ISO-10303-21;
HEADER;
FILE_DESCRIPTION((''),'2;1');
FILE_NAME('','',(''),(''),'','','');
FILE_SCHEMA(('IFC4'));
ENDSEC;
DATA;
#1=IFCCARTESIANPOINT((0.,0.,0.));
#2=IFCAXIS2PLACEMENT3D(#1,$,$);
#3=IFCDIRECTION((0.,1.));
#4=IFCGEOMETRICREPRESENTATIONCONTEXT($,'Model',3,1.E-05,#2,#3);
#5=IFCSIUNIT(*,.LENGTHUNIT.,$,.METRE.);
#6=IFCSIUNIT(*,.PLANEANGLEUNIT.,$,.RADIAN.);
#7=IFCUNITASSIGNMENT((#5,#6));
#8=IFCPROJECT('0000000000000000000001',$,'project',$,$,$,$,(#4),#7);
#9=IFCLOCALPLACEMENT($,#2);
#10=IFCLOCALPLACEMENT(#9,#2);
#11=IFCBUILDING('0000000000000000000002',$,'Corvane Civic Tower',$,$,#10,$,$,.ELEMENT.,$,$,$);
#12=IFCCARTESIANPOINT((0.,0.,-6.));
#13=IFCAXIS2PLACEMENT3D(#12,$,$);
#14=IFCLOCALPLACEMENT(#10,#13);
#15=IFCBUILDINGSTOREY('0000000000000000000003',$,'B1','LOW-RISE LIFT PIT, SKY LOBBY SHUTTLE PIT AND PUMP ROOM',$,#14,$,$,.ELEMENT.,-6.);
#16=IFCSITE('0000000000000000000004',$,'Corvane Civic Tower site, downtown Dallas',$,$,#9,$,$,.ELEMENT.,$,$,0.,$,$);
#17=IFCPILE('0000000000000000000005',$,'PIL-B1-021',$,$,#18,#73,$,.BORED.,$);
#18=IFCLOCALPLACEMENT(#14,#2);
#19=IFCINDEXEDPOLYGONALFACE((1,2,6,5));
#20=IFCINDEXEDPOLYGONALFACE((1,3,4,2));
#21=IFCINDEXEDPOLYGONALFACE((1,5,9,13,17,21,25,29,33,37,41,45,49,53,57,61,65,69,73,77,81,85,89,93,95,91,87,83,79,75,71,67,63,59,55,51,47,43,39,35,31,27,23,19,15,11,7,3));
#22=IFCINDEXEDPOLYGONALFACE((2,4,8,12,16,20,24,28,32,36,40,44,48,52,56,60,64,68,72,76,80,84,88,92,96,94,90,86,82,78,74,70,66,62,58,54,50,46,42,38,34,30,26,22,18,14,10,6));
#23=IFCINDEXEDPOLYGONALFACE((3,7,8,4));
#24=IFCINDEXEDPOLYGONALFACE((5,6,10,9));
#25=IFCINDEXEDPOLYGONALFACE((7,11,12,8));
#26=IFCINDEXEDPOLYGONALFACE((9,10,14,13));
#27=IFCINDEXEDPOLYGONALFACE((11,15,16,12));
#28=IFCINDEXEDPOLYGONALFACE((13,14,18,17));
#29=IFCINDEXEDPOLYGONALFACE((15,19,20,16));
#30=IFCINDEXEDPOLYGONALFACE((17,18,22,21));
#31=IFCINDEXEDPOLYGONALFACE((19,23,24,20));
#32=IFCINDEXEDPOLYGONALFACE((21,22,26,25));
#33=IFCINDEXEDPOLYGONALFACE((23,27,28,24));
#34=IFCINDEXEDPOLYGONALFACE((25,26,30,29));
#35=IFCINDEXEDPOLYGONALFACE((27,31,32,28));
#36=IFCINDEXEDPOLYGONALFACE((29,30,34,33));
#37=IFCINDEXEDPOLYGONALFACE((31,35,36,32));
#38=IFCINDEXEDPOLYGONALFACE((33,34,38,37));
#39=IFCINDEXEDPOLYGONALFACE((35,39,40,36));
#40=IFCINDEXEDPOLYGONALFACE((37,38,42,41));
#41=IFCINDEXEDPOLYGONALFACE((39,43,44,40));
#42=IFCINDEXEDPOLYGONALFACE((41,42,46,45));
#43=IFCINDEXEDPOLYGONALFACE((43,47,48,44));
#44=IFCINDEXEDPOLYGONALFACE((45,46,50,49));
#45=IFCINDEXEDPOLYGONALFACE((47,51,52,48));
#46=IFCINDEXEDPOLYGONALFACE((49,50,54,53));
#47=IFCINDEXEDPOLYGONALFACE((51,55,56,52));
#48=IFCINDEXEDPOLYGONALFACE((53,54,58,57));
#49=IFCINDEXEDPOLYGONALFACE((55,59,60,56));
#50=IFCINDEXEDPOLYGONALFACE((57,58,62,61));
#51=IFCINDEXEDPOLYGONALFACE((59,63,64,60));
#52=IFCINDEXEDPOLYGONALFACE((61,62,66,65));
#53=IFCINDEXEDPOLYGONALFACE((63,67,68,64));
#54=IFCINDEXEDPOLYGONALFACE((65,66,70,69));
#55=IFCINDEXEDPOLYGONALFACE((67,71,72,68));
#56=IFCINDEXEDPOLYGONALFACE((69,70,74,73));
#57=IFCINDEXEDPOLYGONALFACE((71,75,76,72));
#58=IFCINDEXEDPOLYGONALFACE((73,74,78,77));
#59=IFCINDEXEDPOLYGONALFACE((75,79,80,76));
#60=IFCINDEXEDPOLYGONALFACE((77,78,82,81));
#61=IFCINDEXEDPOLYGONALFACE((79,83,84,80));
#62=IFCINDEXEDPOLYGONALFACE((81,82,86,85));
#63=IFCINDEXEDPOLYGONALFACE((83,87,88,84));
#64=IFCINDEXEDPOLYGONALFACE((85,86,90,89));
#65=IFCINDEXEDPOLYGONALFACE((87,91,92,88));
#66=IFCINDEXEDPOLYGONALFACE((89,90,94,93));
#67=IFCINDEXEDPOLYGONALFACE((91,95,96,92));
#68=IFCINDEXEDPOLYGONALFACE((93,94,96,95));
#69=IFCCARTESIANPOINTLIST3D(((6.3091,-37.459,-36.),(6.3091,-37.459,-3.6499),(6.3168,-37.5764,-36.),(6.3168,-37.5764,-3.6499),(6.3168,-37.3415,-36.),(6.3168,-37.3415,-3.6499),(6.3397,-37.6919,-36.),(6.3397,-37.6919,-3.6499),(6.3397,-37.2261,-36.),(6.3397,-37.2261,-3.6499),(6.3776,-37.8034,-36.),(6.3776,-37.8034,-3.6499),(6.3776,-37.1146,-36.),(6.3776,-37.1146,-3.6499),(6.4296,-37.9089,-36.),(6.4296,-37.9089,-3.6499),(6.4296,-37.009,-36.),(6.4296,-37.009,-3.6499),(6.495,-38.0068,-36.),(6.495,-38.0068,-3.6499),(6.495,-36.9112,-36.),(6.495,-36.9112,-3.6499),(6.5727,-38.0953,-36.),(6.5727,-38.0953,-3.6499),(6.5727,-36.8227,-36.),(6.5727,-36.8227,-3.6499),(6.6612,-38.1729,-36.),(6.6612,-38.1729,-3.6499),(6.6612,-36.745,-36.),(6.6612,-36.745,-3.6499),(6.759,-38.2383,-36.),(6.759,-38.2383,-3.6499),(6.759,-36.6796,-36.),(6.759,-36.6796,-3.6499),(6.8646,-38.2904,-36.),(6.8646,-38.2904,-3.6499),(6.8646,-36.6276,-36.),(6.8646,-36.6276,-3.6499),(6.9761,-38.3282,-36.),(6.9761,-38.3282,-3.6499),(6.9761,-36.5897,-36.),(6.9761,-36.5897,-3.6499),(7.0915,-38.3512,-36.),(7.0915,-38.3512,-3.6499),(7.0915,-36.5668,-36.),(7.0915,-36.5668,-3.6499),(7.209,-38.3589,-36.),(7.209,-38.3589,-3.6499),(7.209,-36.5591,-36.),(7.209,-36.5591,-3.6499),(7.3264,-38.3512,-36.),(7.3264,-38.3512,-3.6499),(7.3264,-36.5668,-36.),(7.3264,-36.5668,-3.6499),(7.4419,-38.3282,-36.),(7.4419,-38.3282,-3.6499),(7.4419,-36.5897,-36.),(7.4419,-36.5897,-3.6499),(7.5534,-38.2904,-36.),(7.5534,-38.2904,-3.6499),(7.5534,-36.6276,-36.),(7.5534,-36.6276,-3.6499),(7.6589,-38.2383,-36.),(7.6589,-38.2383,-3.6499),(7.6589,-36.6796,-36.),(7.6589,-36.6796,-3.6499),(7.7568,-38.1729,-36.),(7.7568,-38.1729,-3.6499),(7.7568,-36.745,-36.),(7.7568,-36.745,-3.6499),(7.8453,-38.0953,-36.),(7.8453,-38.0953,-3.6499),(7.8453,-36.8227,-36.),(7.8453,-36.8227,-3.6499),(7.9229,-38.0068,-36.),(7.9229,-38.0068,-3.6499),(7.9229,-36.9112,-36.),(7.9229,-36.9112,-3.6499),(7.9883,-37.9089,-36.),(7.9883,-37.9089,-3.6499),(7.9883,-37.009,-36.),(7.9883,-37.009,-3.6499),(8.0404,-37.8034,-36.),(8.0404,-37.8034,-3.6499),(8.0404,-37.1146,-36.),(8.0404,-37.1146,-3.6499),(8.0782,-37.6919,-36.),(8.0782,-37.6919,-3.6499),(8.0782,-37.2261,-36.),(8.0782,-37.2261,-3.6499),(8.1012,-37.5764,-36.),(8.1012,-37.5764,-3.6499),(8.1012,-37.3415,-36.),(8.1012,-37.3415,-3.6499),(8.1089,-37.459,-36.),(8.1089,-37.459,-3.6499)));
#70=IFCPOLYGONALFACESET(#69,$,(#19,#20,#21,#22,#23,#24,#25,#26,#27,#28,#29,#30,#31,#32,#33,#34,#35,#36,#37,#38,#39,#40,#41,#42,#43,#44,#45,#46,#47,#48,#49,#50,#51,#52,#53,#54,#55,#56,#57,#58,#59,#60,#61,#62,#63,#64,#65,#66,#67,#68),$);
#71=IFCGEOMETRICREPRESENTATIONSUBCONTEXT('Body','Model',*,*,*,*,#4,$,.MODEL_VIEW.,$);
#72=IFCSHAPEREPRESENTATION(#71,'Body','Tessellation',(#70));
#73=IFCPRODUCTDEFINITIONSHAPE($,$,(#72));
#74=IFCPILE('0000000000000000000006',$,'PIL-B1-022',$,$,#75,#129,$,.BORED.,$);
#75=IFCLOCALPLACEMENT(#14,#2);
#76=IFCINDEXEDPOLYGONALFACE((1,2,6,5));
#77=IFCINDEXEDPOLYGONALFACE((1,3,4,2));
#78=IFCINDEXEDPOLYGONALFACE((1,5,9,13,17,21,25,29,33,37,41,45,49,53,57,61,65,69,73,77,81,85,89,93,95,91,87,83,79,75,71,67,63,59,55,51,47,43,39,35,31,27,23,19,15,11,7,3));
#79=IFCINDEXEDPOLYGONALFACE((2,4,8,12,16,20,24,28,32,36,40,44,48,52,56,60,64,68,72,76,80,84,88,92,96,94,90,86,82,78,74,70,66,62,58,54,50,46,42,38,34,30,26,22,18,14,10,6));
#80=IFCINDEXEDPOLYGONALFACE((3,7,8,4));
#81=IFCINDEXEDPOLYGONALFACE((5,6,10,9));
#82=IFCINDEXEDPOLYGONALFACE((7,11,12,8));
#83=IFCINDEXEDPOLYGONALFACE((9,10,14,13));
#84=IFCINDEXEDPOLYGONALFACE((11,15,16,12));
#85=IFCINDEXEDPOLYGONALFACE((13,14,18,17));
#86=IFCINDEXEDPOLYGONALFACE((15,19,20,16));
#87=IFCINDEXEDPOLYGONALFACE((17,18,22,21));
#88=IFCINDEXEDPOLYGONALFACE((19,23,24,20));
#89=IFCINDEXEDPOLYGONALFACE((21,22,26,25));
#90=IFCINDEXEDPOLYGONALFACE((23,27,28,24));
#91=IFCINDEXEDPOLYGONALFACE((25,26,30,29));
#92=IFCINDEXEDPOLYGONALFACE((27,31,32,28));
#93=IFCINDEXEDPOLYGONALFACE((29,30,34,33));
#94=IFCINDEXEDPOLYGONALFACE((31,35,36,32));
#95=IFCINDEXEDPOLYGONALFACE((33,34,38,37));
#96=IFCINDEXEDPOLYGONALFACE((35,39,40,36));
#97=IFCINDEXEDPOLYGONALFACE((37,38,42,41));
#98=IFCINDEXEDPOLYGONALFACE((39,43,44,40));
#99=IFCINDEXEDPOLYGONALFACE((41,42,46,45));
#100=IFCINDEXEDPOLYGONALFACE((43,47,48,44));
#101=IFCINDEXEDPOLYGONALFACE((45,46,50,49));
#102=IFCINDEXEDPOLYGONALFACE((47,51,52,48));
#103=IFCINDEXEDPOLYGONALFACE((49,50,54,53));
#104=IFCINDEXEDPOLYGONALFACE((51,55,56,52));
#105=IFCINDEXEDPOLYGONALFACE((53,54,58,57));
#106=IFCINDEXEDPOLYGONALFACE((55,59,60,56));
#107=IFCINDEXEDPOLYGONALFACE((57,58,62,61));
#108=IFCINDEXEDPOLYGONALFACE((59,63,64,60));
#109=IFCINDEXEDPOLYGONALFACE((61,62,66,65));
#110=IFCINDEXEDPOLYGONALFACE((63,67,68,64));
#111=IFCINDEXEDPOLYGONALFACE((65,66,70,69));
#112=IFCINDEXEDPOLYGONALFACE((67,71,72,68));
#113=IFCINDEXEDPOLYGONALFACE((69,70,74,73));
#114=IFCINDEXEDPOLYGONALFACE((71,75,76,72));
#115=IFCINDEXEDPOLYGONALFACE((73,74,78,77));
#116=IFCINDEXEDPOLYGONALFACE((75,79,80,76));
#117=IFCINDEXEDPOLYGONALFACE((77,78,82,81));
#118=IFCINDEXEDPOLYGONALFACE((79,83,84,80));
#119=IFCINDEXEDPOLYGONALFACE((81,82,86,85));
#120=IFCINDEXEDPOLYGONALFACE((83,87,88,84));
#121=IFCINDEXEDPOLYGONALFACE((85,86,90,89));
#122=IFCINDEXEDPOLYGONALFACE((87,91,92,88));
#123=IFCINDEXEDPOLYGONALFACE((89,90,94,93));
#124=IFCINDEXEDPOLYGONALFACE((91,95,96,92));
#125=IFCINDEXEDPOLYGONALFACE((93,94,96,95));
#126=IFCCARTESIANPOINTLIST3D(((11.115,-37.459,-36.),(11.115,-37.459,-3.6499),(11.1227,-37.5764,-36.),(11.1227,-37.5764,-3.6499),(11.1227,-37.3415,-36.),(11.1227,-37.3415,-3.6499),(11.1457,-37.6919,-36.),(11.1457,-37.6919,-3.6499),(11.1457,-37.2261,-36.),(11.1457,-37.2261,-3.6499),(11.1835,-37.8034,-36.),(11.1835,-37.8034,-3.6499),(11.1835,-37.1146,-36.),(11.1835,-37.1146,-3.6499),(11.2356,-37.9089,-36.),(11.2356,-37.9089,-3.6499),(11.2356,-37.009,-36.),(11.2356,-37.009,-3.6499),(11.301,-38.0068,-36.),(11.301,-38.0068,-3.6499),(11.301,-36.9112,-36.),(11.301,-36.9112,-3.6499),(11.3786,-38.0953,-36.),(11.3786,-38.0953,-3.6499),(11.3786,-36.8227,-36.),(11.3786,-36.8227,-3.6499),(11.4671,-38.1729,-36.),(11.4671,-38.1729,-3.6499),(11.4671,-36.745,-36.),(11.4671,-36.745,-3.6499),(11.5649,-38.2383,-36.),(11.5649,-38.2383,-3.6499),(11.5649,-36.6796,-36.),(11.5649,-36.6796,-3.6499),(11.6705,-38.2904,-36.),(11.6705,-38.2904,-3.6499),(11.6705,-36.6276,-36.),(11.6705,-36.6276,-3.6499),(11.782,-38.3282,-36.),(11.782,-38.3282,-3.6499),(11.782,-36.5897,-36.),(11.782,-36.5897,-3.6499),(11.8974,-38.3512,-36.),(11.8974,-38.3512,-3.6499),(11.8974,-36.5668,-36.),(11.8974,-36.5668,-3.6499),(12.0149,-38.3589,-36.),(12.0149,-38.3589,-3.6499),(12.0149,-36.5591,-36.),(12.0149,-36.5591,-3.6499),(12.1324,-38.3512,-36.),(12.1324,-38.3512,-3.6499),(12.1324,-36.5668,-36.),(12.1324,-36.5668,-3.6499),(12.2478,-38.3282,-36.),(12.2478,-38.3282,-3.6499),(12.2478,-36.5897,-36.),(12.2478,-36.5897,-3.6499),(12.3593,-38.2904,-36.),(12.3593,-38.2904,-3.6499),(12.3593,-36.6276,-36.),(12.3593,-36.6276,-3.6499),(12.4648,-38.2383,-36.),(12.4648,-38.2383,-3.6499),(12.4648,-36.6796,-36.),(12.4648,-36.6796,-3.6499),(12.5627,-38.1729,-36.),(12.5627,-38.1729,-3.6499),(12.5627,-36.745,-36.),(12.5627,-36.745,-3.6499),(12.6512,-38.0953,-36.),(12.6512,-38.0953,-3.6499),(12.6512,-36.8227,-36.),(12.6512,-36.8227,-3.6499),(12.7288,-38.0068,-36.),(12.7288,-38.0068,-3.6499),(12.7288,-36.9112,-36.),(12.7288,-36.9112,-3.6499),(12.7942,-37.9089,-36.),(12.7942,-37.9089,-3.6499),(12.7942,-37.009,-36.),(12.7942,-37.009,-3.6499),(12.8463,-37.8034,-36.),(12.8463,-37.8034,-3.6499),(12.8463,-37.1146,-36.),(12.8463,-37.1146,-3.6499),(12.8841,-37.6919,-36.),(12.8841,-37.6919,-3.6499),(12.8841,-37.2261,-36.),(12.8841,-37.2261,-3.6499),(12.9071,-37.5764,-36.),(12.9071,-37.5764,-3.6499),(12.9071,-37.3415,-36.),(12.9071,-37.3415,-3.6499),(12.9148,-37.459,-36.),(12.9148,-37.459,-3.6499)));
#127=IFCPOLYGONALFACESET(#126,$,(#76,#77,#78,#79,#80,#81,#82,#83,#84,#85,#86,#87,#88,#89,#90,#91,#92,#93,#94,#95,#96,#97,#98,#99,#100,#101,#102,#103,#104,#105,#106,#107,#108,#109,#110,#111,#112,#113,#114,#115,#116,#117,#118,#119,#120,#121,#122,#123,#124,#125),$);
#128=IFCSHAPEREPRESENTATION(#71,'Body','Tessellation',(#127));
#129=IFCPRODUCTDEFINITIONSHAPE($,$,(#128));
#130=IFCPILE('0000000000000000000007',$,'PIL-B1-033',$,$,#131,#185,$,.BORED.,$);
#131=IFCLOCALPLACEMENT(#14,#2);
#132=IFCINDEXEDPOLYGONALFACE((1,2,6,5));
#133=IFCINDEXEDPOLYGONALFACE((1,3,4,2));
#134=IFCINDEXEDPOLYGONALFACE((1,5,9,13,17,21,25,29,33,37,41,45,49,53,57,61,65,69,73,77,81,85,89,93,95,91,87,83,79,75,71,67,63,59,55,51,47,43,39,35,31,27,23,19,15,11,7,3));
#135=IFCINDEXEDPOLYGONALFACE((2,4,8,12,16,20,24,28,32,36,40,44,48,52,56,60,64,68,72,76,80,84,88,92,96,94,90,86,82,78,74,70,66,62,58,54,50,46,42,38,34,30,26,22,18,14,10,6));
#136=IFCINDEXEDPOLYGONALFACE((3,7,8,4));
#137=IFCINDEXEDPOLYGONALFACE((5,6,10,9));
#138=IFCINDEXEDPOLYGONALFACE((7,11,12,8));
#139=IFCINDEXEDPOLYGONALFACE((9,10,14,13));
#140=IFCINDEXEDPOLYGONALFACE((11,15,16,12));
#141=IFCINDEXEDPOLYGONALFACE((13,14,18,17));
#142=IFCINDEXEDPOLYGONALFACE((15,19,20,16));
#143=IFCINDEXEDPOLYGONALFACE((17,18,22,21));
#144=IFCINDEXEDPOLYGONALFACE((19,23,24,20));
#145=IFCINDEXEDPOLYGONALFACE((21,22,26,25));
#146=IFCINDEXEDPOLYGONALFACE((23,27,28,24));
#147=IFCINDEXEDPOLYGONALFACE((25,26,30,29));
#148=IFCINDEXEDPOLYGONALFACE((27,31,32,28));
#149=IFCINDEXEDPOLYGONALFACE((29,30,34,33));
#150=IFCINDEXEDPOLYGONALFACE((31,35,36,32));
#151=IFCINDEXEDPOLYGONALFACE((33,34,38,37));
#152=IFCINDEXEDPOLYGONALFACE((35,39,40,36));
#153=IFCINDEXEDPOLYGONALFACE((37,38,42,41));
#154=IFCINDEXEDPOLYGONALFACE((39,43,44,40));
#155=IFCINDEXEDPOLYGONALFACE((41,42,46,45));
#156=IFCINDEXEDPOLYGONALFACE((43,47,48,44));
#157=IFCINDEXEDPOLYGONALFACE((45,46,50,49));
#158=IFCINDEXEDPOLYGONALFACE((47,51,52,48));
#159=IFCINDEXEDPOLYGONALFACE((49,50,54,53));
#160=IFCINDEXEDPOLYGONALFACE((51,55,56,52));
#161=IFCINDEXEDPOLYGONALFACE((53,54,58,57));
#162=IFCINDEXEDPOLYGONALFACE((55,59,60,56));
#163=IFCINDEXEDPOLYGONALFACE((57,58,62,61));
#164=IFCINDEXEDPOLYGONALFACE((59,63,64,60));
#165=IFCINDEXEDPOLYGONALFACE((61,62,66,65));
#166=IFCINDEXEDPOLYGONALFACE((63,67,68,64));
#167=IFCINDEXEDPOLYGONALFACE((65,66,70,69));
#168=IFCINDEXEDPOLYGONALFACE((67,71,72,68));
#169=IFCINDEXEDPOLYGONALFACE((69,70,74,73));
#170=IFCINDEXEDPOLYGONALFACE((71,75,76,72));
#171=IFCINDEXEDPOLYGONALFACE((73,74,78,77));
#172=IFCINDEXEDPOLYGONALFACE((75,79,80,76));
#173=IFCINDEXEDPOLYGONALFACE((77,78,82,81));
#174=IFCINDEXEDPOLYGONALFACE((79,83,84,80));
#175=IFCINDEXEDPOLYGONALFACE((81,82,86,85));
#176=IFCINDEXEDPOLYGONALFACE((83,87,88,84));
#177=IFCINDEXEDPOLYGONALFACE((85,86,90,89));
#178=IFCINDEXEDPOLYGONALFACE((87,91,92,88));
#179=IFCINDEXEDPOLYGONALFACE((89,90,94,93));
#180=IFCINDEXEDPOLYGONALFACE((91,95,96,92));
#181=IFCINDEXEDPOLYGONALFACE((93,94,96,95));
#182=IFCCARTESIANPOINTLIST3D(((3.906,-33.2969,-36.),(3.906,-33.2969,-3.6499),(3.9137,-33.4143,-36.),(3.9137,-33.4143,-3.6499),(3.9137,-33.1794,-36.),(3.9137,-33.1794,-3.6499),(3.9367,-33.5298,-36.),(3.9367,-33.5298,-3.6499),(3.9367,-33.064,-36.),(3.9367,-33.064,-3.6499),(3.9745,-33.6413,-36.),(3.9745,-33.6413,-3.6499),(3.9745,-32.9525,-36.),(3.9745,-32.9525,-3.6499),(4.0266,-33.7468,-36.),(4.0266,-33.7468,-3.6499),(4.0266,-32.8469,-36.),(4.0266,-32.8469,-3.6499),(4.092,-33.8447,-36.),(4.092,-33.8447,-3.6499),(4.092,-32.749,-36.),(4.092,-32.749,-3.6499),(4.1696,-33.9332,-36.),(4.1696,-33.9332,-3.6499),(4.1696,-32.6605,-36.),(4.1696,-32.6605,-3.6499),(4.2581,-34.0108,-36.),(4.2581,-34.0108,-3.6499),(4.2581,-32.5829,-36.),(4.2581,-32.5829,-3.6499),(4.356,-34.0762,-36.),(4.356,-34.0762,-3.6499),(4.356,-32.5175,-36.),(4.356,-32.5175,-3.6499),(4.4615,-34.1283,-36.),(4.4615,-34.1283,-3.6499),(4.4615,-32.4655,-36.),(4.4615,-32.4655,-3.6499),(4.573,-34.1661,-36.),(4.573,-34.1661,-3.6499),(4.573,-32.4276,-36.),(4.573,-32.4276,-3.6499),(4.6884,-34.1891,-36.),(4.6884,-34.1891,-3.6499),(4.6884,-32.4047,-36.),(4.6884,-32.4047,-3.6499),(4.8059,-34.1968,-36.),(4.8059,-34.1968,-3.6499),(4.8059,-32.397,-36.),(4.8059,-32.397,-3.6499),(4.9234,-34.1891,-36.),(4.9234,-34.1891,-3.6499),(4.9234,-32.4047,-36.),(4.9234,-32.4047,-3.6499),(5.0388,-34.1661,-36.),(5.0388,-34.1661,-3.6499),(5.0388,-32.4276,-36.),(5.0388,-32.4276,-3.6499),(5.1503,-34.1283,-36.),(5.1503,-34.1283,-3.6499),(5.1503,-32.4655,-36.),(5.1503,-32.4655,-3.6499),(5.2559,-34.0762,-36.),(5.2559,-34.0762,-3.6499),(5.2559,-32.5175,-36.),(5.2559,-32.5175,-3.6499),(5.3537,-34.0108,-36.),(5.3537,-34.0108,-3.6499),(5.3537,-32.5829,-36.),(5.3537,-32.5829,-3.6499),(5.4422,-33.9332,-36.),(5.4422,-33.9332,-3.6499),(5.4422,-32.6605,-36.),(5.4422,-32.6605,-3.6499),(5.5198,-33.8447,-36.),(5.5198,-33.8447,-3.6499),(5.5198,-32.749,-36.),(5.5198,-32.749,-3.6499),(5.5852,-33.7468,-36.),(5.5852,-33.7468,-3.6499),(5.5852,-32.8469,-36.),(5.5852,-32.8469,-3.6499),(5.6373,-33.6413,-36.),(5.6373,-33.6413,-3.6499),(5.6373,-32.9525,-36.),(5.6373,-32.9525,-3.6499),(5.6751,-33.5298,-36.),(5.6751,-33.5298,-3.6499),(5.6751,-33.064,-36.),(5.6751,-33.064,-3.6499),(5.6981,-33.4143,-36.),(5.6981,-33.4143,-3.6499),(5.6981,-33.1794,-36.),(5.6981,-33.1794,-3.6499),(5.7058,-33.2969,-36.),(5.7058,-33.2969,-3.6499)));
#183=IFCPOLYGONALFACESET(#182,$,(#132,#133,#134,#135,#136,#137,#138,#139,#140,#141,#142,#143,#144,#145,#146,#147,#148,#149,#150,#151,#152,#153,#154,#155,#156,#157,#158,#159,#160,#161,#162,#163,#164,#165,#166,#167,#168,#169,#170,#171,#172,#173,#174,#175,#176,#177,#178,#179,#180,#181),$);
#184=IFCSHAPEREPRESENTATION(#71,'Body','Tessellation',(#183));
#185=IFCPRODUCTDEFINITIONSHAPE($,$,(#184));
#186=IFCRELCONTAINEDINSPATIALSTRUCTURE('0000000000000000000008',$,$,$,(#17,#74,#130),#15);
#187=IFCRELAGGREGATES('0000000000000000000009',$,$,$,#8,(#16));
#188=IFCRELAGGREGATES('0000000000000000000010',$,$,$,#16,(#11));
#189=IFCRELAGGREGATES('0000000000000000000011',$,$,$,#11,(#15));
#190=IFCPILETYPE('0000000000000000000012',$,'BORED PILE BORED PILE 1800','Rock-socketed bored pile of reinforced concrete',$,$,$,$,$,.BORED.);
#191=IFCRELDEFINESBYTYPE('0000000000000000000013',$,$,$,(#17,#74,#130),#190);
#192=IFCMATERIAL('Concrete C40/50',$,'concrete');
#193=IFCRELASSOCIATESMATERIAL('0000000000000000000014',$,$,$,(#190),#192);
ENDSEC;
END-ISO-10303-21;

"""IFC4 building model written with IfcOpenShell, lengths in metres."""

from ifc_helpers import new_model, si_unit, direction, frame, origin, origin_2d, place, context, subcontext, project, spatial, circle, extrude, material, material_profile, profile_set, type_object, element, save


model = new_model("IFC4")

# Units and contexts
model_context = context("Model", 3, precision=1e-05, world=origin(), true_north=direction((0.0, 1.0)))
body_context = subcontext(model_context, "Body", "Model", "MODEL_VIEW")
ifc_project = project(units=[si_unit("LENGTHUNIT", "METRE"), si_unit("PLANEANGLEUNIT", "RADIAN")], contexts=[model_context])

# Site, building, storey
site_placement = place(None, origin())
site = spatial("IfcSite", under=ifc_project, at=site_placement, Name="Corvane Civic Tower site, downtown Dallas", CompositionType="ELEMENT", RefElevation=0.0)
building_placement = place(site_placement, origin())
building = spatial("IfcBuilding", under=site, at=building_placement, Name="Corvane Civic Tower", CompositionType="ELEMENT")
storey_placement = place(building_placement, frame((0.0, 0.0, -6.0)))
storey = spatial("IfcBuildingStorey", under=building, at=storey_placement, Name="B1", Description="LOW-RISE LIFT PIT, SKY LOBBY SHUTTLE PIT AND PUMP ROOM", CompositionType="ELEMENT", Elevation=-6.0)

# Piles
ifc_material_1 = material(Name="Concrete C40/50", Category="concrete")
ifc_material_profile_1 = material_profile(ifc_material_1, circle(Radius=0.8999, at=origin_2d()), Name="BORED PILE 1800")
ifc_profile_set_1 = profile_set([ifc_material_profile_1], Name="Concrete C40/50")
pile_type_1 = type_object("IfcPileType", Name="BORED PILE BORED PILE 1800", Description="Rock-socketed bored pile of reinforced concrete", PredefinedType="BORED", material=ifc_profile_set_1)
for number, where, z_axis, x_axis, name in (
    (1, (7.209, -37.459, -3.6499), (0.0, 0.0, -1.0), (1.0, 0.0, 0.0), "PIL-B1-021"),
    (2, (12.0149, -37.459, -3.6499), (0.0, 0.0, -1.0), (1.0, 0.0, 0.0), "PIL-B1-022"),
    (3, (4.8059, -33.2969, -3.6499), (0.0, 0.0, -1.0), (1.0, 0.0, 0.0), "PIL-B1-033"),
):
    element("IfcPile", number, at=place(storey_placement, frame(where, z_axis=z_axis, x_axis=x_axis)), inside=storey, type_object=pile_type_1, Name=name, PredefinedType="BORED", context=body_context, shape_type="SweptSolid", body=[
        extrude(circle(Radius=0.8999, at=origin_2d()), origin(), (0.0, 0.0, 1.0), 32.3501),
    ])

save(model, "model.ifc")
